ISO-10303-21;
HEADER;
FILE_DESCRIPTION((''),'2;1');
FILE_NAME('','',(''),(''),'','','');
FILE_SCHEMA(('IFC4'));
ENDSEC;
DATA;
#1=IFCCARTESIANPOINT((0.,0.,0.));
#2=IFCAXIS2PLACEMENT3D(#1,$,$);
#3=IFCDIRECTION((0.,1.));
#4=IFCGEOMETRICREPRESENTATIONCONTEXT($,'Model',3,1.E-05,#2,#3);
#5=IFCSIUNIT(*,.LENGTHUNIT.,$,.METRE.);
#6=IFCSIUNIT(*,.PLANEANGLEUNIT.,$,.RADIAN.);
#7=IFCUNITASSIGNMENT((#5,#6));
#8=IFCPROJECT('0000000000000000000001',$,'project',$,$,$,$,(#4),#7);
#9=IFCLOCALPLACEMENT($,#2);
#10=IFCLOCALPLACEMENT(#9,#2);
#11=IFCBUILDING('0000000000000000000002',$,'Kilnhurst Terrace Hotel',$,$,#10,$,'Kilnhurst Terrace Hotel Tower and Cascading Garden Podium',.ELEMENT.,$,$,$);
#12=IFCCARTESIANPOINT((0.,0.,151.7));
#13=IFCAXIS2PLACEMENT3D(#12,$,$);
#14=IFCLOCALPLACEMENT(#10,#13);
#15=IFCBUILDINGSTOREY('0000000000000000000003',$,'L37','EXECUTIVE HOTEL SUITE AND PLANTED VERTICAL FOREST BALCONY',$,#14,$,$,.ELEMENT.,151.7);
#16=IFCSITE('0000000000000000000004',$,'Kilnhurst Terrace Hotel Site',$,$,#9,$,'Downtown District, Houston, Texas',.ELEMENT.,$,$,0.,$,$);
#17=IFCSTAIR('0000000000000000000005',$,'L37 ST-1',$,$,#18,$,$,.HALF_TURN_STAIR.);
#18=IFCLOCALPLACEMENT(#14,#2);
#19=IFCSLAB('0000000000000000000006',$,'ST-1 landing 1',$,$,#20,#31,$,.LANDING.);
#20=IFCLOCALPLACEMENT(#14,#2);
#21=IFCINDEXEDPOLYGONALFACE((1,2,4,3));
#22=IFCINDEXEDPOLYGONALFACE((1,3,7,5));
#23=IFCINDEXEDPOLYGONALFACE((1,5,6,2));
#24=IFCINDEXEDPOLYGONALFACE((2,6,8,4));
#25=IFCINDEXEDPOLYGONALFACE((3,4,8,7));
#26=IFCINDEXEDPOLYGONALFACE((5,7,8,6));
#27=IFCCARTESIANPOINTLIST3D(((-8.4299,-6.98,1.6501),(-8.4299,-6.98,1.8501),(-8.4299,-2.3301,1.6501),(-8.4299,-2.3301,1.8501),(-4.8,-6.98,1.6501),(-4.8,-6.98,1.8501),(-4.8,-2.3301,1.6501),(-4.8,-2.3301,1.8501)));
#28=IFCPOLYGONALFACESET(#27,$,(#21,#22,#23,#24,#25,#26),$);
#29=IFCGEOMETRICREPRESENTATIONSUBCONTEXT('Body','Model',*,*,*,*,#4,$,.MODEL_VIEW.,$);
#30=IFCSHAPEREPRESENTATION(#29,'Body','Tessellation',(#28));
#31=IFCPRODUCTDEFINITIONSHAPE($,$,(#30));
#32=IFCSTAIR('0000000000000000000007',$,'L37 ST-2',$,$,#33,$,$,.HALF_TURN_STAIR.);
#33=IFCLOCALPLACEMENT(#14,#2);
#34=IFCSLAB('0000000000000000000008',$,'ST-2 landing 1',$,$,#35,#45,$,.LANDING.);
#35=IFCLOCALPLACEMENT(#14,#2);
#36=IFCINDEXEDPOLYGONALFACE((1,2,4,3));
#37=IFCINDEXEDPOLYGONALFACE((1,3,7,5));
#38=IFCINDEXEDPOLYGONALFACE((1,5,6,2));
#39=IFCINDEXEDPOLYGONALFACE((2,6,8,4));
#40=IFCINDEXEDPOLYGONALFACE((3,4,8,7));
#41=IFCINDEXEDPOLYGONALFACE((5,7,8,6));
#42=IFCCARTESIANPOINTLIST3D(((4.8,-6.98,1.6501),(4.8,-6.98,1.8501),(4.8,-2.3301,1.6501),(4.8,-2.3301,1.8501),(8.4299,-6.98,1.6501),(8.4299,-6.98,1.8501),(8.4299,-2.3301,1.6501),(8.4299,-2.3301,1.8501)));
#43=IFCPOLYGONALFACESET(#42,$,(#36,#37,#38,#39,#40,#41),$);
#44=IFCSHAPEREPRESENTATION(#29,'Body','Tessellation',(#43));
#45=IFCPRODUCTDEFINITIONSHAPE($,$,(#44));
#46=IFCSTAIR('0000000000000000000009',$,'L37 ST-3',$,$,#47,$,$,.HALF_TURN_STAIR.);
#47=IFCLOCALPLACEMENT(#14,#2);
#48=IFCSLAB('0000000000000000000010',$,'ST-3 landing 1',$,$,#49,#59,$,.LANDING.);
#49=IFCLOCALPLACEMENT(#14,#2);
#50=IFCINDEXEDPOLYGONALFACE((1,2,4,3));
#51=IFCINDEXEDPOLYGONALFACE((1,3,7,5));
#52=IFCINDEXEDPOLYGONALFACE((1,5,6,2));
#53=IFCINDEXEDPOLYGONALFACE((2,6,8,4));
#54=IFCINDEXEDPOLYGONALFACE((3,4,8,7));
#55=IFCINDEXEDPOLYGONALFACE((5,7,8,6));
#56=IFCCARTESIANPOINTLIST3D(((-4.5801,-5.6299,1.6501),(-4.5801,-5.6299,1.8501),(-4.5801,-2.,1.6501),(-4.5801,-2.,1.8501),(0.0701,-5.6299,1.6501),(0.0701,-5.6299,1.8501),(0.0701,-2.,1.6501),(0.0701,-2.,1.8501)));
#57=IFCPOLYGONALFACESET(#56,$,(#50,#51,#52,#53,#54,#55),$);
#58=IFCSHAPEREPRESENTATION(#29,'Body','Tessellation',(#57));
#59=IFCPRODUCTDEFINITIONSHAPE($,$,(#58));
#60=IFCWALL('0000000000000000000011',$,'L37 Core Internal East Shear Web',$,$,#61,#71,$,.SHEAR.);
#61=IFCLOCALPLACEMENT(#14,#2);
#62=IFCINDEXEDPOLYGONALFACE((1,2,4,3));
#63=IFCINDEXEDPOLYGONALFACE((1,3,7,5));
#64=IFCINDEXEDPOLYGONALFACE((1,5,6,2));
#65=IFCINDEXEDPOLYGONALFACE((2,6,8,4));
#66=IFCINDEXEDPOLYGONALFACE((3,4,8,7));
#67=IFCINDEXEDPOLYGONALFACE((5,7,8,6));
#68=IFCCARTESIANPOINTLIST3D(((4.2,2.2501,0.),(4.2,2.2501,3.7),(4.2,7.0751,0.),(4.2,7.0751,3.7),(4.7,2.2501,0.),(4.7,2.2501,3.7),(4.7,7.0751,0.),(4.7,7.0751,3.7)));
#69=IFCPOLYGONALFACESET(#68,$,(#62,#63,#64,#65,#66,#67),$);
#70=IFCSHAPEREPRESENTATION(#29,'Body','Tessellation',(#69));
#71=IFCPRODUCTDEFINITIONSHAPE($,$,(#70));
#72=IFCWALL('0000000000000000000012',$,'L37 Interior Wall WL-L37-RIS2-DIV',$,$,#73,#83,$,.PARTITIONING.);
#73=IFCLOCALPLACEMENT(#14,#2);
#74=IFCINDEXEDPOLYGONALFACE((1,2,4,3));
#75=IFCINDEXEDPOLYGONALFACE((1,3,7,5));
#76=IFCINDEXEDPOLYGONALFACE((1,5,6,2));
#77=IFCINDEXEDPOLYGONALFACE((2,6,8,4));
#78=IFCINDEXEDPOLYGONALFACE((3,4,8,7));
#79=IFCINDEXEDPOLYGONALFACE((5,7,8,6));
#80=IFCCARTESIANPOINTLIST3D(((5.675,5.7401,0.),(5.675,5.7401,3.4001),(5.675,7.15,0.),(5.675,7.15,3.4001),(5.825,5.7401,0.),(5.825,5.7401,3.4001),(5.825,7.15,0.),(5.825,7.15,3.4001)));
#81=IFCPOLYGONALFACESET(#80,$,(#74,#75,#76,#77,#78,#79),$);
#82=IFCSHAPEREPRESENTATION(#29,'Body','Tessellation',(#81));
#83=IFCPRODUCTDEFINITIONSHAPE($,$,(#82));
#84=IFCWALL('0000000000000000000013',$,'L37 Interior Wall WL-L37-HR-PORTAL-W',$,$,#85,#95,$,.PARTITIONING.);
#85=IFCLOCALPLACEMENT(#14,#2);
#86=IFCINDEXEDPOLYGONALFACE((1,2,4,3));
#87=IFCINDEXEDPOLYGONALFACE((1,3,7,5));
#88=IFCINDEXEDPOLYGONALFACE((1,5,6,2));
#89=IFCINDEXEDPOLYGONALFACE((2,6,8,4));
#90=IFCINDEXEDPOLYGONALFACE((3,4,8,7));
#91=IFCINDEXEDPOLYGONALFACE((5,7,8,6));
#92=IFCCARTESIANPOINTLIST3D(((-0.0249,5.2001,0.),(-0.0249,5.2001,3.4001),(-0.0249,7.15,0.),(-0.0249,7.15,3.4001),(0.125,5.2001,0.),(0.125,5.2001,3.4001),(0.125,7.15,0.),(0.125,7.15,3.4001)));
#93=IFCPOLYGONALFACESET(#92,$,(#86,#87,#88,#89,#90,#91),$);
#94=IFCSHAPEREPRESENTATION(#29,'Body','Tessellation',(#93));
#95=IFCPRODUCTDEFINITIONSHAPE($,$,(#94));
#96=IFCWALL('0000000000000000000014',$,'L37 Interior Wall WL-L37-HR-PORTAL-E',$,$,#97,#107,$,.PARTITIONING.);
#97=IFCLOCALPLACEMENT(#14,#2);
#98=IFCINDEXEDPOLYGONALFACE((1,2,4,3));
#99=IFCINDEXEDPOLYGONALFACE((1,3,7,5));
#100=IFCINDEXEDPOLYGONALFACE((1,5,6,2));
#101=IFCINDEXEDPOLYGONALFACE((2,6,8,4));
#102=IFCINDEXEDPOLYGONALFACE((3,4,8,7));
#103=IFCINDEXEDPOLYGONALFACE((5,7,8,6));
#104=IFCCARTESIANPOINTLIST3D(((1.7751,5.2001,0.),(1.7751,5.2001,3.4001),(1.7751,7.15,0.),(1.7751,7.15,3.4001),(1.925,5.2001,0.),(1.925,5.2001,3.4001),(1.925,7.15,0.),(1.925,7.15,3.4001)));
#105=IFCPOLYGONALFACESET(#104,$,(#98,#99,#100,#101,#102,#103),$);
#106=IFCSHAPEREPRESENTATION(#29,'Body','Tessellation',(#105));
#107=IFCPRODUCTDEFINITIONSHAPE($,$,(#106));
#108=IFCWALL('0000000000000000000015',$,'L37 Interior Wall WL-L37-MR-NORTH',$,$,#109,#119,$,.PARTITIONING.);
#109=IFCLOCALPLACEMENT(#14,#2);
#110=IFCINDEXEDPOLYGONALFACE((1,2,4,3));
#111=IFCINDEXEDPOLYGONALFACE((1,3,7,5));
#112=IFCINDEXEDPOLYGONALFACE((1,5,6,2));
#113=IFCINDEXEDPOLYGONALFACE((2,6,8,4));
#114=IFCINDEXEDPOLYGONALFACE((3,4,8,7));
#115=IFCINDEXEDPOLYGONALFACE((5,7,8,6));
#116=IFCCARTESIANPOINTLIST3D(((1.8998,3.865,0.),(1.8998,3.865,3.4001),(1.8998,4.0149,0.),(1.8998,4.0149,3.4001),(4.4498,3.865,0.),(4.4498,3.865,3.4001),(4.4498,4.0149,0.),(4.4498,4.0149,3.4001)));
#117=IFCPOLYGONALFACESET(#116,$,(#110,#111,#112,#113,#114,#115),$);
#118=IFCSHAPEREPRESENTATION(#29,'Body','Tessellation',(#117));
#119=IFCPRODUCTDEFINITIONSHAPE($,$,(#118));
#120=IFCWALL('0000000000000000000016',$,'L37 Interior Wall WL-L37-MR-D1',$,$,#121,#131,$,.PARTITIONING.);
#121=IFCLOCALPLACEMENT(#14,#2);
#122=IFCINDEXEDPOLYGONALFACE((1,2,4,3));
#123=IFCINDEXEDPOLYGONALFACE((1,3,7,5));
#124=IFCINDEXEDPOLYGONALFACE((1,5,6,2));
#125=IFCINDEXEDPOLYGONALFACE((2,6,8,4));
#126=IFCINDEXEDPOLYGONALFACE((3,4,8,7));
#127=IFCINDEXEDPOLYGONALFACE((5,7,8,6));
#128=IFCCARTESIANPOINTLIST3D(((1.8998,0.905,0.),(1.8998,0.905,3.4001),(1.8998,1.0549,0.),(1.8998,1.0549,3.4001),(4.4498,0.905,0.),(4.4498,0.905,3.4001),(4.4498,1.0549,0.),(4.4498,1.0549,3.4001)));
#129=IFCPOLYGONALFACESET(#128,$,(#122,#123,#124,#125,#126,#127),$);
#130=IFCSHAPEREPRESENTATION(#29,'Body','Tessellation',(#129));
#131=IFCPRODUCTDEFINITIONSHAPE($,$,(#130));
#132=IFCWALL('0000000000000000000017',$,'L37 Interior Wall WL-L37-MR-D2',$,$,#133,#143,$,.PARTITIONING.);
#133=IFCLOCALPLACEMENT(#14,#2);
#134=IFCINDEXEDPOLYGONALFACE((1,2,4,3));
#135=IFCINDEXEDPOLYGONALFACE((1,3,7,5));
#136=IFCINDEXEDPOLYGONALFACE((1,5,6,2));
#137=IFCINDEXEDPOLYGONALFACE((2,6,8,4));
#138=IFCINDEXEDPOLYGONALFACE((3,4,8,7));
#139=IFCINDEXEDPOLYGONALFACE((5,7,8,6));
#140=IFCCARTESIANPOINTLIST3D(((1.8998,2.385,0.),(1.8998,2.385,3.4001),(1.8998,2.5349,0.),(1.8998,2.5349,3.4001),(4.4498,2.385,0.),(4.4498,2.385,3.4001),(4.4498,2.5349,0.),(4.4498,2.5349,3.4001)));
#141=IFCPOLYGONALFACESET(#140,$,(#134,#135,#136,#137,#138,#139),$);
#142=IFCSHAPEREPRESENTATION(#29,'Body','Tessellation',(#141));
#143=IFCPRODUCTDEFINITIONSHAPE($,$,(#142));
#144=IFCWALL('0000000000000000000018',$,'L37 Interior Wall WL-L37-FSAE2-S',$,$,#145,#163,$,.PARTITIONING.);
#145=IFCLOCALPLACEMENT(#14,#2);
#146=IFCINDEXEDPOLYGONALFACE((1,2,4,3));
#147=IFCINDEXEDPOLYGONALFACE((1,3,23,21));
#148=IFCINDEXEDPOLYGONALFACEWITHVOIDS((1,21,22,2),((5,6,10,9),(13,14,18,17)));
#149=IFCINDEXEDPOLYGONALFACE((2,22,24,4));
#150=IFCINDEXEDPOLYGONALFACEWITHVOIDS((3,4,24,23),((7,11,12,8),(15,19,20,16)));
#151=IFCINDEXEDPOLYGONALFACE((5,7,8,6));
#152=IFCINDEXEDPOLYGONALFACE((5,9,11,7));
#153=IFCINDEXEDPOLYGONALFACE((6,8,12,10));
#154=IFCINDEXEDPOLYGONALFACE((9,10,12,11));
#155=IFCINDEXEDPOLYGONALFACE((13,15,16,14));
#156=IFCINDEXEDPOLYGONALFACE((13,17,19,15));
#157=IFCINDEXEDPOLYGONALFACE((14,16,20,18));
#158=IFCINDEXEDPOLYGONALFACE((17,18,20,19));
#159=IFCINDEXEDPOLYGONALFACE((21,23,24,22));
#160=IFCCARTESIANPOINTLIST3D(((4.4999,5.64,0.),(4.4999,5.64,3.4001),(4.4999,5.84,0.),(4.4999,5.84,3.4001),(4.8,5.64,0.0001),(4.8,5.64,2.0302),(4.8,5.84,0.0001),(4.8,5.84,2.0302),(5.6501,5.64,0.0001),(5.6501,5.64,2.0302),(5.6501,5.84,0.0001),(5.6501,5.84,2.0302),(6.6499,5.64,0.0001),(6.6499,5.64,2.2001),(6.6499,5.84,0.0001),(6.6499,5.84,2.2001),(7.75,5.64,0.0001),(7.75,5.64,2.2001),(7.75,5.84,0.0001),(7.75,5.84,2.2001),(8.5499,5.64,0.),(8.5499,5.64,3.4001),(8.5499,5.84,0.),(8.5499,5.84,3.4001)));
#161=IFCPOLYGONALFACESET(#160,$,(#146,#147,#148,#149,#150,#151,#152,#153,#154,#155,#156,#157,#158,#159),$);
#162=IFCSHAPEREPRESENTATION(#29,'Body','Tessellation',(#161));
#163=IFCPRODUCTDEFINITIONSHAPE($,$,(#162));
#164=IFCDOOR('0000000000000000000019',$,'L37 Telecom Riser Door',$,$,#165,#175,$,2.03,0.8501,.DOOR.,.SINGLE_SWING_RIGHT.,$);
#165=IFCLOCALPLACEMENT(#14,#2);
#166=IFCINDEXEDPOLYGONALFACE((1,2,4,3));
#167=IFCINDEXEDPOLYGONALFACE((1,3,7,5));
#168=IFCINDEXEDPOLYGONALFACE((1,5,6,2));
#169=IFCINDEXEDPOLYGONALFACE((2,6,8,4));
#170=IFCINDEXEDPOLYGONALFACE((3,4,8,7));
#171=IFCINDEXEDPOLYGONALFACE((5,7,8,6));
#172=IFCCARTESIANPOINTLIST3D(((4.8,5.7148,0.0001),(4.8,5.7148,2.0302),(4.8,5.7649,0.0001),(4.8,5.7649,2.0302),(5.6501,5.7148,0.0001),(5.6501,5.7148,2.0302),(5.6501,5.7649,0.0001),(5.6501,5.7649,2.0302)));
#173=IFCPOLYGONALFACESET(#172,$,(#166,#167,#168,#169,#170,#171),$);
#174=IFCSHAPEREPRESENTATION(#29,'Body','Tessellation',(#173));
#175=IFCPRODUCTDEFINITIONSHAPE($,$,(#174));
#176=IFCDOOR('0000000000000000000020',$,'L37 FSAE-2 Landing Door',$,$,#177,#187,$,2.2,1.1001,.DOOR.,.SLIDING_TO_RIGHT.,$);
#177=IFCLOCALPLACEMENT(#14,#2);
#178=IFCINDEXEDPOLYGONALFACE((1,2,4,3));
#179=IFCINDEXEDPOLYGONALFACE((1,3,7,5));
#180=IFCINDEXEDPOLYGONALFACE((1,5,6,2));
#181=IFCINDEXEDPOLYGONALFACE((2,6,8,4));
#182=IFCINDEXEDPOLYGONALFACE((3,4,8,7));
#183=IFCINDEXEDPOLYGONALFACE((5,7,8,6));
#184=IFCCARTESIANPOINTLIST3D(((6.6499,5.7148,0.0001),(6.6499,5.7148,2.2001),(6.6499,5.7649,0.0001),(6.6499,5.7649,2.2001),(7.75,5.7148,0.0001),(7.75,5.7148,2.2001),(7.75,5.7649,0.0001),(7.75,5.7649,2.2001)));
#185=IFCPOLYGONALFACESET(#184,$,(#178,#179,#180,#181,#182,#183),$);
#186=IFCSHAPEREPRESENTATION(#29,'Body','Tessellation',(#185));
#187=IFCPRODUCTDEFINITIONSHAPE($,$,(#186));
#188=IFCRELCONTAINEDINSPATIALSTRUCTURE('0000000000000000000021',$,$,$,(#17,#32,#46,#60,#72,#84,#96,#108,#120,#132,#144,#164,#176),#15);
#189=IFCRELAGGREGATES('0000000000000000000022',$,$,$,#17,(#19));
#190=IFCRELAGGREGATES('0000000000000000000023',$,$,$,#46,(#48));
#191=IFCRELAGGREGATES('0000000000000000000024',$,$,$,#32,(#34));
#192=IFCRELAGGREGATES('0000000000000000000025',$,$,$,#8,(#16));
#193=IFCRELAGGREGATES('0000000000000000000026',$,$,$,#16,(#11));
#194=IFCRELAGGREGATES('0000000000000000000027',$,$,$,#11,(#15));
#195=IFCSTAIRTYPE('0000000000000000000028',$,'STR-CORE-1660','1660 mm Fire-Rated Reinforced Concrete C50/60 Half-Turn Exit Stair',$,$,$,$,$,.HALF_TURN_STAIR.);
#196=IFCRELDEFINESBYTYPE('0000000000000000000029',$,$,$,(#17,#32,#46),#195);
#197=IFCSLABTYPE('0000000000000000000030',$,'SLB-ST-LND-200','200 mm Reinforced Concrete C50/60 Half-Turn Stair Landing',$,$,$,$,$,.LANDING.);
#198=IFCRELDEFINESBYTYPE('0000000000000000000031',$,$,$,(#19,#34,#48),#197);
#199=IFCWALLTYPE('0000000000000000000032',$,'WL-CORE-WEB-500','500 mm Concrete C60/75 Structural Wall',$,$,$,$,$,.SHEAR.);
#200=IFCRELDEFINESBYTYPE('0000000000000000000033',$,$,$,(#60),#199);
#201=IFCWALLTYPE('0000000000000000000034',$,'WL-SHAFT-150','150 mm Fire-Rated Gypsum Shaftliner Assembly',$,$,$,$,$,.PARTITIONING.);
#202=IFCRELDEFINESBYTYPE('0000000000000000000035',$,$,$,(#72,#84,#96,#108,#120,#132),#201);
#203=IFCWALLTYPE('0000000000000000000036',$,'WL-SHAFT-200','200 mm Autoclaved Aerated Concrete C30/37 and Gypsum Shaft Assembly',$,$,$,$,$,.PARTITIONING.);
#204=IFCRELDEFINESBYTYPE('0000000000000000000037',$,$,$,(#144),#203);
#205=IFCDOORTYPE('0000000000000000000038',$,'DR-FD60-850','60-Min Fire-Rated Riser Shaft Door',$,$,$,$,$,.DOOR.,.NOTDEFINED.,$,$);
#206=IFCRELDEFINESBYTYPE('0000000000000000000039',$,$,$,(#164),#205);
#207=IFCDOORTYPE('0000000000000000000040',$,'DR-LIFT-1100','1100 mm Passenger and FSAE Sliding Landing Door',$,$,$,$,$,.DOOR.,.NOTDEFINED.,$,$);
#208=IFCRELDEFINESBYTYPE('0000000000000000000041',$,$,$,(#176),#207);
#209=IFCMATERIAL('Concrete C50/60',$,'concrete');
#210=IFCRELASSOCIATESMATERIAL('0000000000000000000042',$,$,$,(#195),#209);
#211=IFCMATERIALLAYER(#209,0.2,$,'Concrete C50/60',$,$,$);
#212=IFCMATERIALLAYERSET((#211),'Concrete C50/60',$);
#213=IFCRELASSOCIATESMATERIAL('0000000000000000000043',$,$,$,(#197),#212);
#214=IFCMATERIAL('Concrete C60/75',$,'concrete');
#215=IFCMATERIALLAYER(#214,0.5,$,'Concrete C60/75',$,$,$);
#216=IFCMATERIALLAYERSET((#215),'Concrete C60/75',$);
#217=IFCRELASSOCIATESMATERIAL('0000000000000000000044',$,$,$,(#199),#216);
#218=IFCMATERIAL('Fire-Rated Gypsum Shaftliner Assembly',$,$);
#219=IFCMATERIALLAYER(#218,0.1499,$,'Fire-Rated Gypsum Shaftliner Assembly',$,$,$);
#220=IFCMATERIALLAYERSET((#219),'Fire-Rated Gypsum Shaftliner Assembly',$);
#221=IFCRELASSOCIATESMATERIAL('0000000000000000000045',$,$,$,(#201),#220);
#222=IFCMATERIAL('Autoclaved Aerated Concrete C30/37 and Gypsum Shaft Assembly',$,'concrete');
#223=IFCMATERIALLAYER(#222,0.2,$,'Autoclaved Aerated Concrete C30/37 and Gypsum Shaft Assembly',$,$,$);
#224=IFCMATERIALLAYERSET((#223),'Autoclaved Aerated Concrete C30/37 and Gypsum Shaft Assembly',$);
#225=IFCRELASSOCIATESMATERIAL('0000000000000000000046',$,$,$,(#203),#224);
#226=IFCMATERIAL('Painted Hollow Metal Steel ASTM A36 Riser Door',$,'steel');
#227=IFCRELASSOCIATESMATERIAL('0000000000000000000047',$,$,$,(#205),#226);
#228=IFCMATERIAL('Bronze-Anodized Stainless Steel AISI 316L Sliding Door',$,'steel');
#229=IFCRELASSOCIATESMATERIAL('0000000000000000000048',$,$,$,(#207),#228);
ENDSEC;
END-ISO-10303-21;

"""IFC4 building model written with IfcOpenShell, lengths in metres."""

from ifc_helpers import new_model, si_unit, direction, frame, frame_2d, origin, place, context, subcontext, project, spatial, polyline, rectangle, outline, extrude, material, layer, layer_set, type_object, element, fill, aggregate, save


model = new_model("IFC4")

# Units and contexts
model_context = context("Model", 3, precision=1e-05, world=origin(), true_north=direction((0.0, 1.0)))
body_context = subcontext(model_context, "Body", "Model", "MODEL_VIEW")
ifc_project = project(units=[si_unit("LENGTHUNIT", "METRE"), si_unit("PLANEANGLEUNIT", "RADIAN")], contexts=[model_context])

# Site, building, storey
site_placement = place(None, origin())
site = spatial("IfcSite", under=ifc_project, at=site_placement, Name="Kilnhurst Terrace Hotel Site", LongName="Downtown District, Houston, Texas", CompositionType="ELEMENT", RefElevation=0.0)
building_placement = place(site_placement, origin())
building = spatial("IfcBuilding", under=site, at=building_placement, Name="Kilnhurst Terrace Hotel", LongName="Kilnhurst Terrace Hotel Tower and Cascading Garden Podium", CompositionType="ELEMENT")
storey_placement = place(building_placement, frame((0.0, 0.0, 151.7)))
storey = spatial("IfcBuildingStorey", under=building, at=storey_placement, Name="L37", Description="EXECUTIVE HOTEL SUITE AND PLANTED VERTICAL FOREST BALCONY", CompositionType="ELEMENT", Elevation=151.7)

# Stairs, slabs
ifc_material_1 = material(Name="Concrete C50/60", Category="concrete")
stair_type = type_object("IfcStairType", Name="STR-CORE-1660", Description="1660 mm Fire-Rated Reinforced Concrete C50/60 Half-Turn Exit Stair", PredefinedType="HALF_TURN_STAIR", material=ifc_material_1)
stair_1_placement = place(storey_placement, origin())
stair_1 = element("IfcStair", 1, at=stair_1_placement, inside=storey, type_object=stair_type, Name="L37 ST-1", PredefinedType="HALF_TURN_STAIR")
ifc_layer_1 = layer(ifc_material_1, 0.2, Name="Concrete C50/60")
ifc_layer_set_1 = layer_set([ifc_layer_1], Name="Concrete C50/60")
slab_type = type_object("IfcSlabType", Name="SLB-ST-LND-200", Description="200 mm Reinforced Concrete C50/60 Half-Turn Stair Landing", PredefinedType="LANDING", material=ifc_layer_set_1)
slab_1_placement = place(storey_placement, frame((0.0, 0.0, 1.6501)))
slab_1 = element("IfcSlab", 2, at=slab_1_placement, type_object=slab_type, Name="ST-1 landing 1", PredefinedType="LANDING", context=body_context, shape_type="SweptSolid", body=[
    extrude(outline(polyline([(-8.4299, -2.3301), (-4.8, -2.3301), (-4.8, -6.98), (-8.4299, -6.98), (-8.4299, -2.3301)])), origin(), (0.0, 0.0, 1.0), 0.2),
])
aggregate(stair_1, [slab_1])
stair_2_placement = place(storey_placement, origin())
stair_2 = element("IfcStair", 3, at=stair_2_placement, inside=storey, type_object=stair_type, Name="L37 ST-2", PredefinedType="HALF_TURN_STAIR")
slab_2_placement = place(storey_placement, frame((0.0, 0.0, 1.6501)))
slab_2 = element("IfcSlab", 4, at=slab_2_placement, type_object=slab_type, Name="ST-2 landing 1", PredefinedType="LANDING", context=body_context, shape_type="SweptSolid", body=[
    extrude(outline(polyline([(4.8, -2.3301), (8.4299, -2.3301), (8.4299, -6.98), (4.8, -6.98), (4.8, -2.3301)])), origin(), (0.0, 0.0, 1.0), 0.2),
])
stair_3_placement = place(storey_placement, origin())
stair_3 = element("IfcStair", 5, at=stair_3_placement, inside=storey, type_object=stair_type, Name="L37 ST-3", PredefinedType="HALF_TURN_STAIR")
slab_3_placement = place(storey_placement, frame((0.0, 0.0, 1.6501)))
slab_3 = element("IfcSlab", 6, at=slab_3_placement, type_object=slab_type, Name="ST-3 landing 1", PredefinedType="LANDING", context=body_context, shape_type="SweptSolid", body=[
    extrude(outline(polyline([(0.0701, -2.0), (0.0701, -5.6299), (-4.5801, -5.6299), (-4.5801, -2.0), (0.0701, -2.0)])), origin(), (0.0, 0.0, 1.0), 0.2),
])
aggregate(stair_3, [slab_3])

# Walls
ifc_material_2 = material(Name="Concrete C60/75", Category="concrete")
ifc_layer_2 = layer(ifc_material_2, 0.5, Name="Concrete C60/75")
ifc_layer_set_2 = layer_set([ifc_layer_2], Name="Concrete C60/75")
wall_type_1 = type_object("IfcWallType", Name="WL-CORE-WEB-500", Description="500 mm Concrete C60/75 Structural Wall", PredefinedType="SHEAR", material=ifc_layer_set_2)
wall_1_placement = place(storey_placement, frame((4.45, 2.25, 0.0), z_axis=(0.0, 0.0, 1.0), x_axis=(0.0, 1.0, 0.0)))
element("IfcWall", 7, at=wall_1_placement, inside=storey, type_object=wall_type_1, Name="L37 Core Internal East Shear Web", PredefinedType="SHEAR", context=body_context, shape_type="SweptSolid", body=[
    extrude(rectangle(XDim=4.825, YDim=0.5, at=frame_2d((2.4126, 0.0))), origin(), (0.0, 0.0, 1.0), 3.7),
])
ifc_material_3 = material(Name="Fire-Rated Gypsum Shaftliner Assembly")
ifc_layer_3 = layer(ifc_material_3, 0.1499, Name="Fire-Rated Gypsum Shaftliner Assembly")
ifc_layer_set_3 = layer_set([ifc_layer_3], Name="Fire-Rated Gypsum Shaftliner Assembly")
wall_type_2 = type_object("IfcWallType", Name="WL-SHAFT-150", Description="150 mm Fire-Rated Gypsum Shaftliner Assembly", PredefinedType="PARTITIONING", material=ifc_layer_set_3)
wall_2_placement = place(storey_placement, frame((5.75, 5.74, 0.0), z_axis=(0.0, 0.0, 1.0), x_axis=(0.0, 1.0, 0.0)))
element("IfcWall", 8, at=wall_2_placement, inside=storey, type_object=wall_type_2, Name="L37 Interior Wall WL-L37-RIS2-DIV", PredefinedType="PARTITIONING", context=body_context, shape_type="SweptSolid", body=[
    extrude(rectangle(XDim=1.4099, YDim=0.1499, at=frame_2d((0.7051, 0.0))), origin(), (0.0, 0.0, 1.0), 3.4001),
])
for number, where, z_axis, x_axis, name in (
    (9, (0.05, 5.2, 0.0), (0.0, 0.0, 1.0), (0.0, 1.0, 0.0), "L37 Interior Wall WL-L37-HR-PORTAL-W"),
    (10, (1.8501, 5.2, 0.0), (0.0, 0.0, 1.0), (0.0, 1.0, 0.0), "L37 Interior Wall WL-L37-HR-PORTAL-E"),
):
    element("IfcWall", number, at=place(storey_placement, frame(where, z_axis=z_axis, x_axis=x_axis)), inside=storey, type_object=wall_type_2, Name=name, PredefinedType="PARTITIONING", context=body_context, shape_type="SweptSolid", body=[
        extrude(rectangle(XDim=1.95, YDim=0.1499, at=frame_2d((0.9751, 0.0))), origin(), (0.0, 0.0, 1.0), 3.4001),
    ])
for number, where, z_axis, x_axis, name in (
    (11, (1.8999, 3.9399, 0.0), (0.0, 0.0, 1.0), (1.0, 0.0, 0.0), "L37 Interior Wall WL-L37-MR-NORTH"),
    (12, (1.8999, 0.98, 0.0), (0.0, 0.0, 1.0), (1.0, 0.0, 0.0), "L37 Interior Wall WL-L37-MR-D1"),
    (13, (1.8999, 2.46, 0.0), (0.0, 0.0, 1.0), (1.0, 0.0, 0.0), "L37 Interior Wall WL-L37-MR-D2"),
):
    element("IfcWall", number, at=place(storey_placement, frame(where, z_axis=z_axis, x_axis=x_axis)), inside=storey, type_object=wall_type_2, Name=name, PredefinedType="PARTITIONING", context=body_context, shape_type="SweptSolid", body=[
        extrude(rectangle(XDim=2.55, YDim=0.1499, at=frame_2d((1.2749, 0.0))), origin(), (0.0, 0.0, 1.0), 3.4001),
    ])

# Wall, openings, doors
ifc_material_4 = material(Name="Autoclaved Aerated Concrete C30/37 and Gypsum Shaft Assembly", Category="concrete")
ifc_layer_4 = layer(ifc_material_4, 0.2, Name="Autoclaved Aerated Concrete C30/37 and Gypsum Shaft Assembly")
ifc_layer_set_4 = layer_set([ifc_layer_4], Name="Autoclaved Aerated Concrete C30/37 and Gypsum Shaft Assembly")
wall_type_3 = type_object("IfcWallType", Name="WL-SHAFT-200", Description="200 mm Autoclaved Aerated Concrete C30/37 and Gypsum Shaft Assembly", PredefinedType="PARTITIONING", material=ifc_layer_set_4)
wall_3_placement = place(storey_placement, frame((4.5, 5.74, 0.0), z_axis=(0.0, 0.0, 1.0), x_axis=(1.0, 0.0, 0.0)))
wall_3 = element("IfcWall", 14, at=wall_3_placement, inside=storey, type_object=wall_type_3, Name="L37 Interior Wall WL-L37-FSAE2-S", PredefinedType="PARTITIONING", context=body_context, shape_type="SweptSolid", body=[
    extrude(rectangle(XDim=4.05, YDim=0.2, at=frame_2d((2.0249, 0.0))), origin(), (0.0, 0.0, 1.0), 3.4001),
])
opening_1_placement = place(wall_3_placement, frame((0.3, 0.0, 0.0)))
opening_1 = element("IfcOpeningElement", 15, at=opening_1_placement, cuts=wall_3, PredefinedType="OPENING", context=body_context, shape_type="SweptSolid", body=[
    extrude(rectangle(XDim=0.8501, YDim=2.03, at=frame_2d((0.425, 1.0151))), frame((0.0, 0.1099, 0.0), z_axis=(0.0, -1.0, 0.0), x_axis=(1.0, 0.0, 0.0)), (0.0, 0.0, 1.0), 0.22),
])
opening_2_placement = place(wall_3_placement, frame((2.1499, 0.0, 0.0)))
opening_2 = element("IfcOpeningElement", 16, at=opening_2_placement, cuts=wall_3, PredefinedType="OPENING", context=body_context, shape_type="SweptSolid", body=[
    extrude(rectangle(XDim=1.1001, YDim=2.2, at=frame_2d((0.55, 1.1001))), frame((0.0, 0.1099, 0.0), z_axis=(0.0, -1.0, 0.0), x_axis=(1.0, 0.0, 0.0)), (0.0, 0.0, 1.0), 0.22),
])
ifc_material_5 = material(Name="Painted Hollow Metal Steel ASTM A36 Riser Door", Category="steel")
door_type_1 = type_object("IfcDoorType", Name="DR-FD60-850", Description="60-Min Fire-Rated Riser Shaft Door", OperationType="NOTDEFINED", PredefinedType="DOOR", material=ifc_material_5)
door_1_placement = place(opening_1_placement, origin())
door_1 = element("IfcDoor", 17, at=door_1_placement, inside=storey, type_object=door_type_1, Name="L37 Telecom Riser Door", OperationType="SINGLE_SWING_RIGHT", OverallHeight=2.03, OverallWidth=0.8501, PredefinedType="DOOR", context=body_context, shape_type="SweptSolid", body=[
    extrude(rectangle(XDim=0.8501, YDim=2.03, at=frame_2d((0.425, 1.0151))), frame((0.0, 0.0249, 0.0), z_axis=(0.0, -1.0, 0.0), x_axis=(1.0, 0.0, 0.0)), (0.0, 0.0, 1.0), 0.05),
])
fill(opening_1, door_1)
ifc_material_6 = material(Name="Bronze-Anodized Stainless Steel AISI 316L Sliding Door", Category="steel")
door_type_2 = type_object("IfcDoorType", Name="DR-LIFT-1100", Description="1100 mm Passenger and FSAE Sliding Landing Door", OperationType="NOTDEFINED", PredefinedType="DOOR", material=ifc_material_6)
door_2_placement = place(opening_2_placement, origin())
door_2 = element("IfcDoor", 18, at=door_2_placement, inside=storey, type_object=door_type_2, Name="L37 FSAE-2 Landing Door", OperationType="SLIDING_TO_RIGHT", OverallHeight=2.2, OverallWidth=1.1001, PredefinedType="DOOR", context=body_context, shape_type="SweptSolid", body=[
    extrude(rectangle(XDim=1.1001, YDim=2.2, at=frame_2d((0.55, 1.1001))), frame((0.0, 0.0249, 0.0), z_axis=(0.0, -1.0, 0.0), x_axis=(1.0, 0.0, 0.0)), (0.0, 0.0, 1.0), 0.05),
])
fill(opening_2, door_2)

aggregate(stair_2, [slab_2])

save(model, "model.ifc")
